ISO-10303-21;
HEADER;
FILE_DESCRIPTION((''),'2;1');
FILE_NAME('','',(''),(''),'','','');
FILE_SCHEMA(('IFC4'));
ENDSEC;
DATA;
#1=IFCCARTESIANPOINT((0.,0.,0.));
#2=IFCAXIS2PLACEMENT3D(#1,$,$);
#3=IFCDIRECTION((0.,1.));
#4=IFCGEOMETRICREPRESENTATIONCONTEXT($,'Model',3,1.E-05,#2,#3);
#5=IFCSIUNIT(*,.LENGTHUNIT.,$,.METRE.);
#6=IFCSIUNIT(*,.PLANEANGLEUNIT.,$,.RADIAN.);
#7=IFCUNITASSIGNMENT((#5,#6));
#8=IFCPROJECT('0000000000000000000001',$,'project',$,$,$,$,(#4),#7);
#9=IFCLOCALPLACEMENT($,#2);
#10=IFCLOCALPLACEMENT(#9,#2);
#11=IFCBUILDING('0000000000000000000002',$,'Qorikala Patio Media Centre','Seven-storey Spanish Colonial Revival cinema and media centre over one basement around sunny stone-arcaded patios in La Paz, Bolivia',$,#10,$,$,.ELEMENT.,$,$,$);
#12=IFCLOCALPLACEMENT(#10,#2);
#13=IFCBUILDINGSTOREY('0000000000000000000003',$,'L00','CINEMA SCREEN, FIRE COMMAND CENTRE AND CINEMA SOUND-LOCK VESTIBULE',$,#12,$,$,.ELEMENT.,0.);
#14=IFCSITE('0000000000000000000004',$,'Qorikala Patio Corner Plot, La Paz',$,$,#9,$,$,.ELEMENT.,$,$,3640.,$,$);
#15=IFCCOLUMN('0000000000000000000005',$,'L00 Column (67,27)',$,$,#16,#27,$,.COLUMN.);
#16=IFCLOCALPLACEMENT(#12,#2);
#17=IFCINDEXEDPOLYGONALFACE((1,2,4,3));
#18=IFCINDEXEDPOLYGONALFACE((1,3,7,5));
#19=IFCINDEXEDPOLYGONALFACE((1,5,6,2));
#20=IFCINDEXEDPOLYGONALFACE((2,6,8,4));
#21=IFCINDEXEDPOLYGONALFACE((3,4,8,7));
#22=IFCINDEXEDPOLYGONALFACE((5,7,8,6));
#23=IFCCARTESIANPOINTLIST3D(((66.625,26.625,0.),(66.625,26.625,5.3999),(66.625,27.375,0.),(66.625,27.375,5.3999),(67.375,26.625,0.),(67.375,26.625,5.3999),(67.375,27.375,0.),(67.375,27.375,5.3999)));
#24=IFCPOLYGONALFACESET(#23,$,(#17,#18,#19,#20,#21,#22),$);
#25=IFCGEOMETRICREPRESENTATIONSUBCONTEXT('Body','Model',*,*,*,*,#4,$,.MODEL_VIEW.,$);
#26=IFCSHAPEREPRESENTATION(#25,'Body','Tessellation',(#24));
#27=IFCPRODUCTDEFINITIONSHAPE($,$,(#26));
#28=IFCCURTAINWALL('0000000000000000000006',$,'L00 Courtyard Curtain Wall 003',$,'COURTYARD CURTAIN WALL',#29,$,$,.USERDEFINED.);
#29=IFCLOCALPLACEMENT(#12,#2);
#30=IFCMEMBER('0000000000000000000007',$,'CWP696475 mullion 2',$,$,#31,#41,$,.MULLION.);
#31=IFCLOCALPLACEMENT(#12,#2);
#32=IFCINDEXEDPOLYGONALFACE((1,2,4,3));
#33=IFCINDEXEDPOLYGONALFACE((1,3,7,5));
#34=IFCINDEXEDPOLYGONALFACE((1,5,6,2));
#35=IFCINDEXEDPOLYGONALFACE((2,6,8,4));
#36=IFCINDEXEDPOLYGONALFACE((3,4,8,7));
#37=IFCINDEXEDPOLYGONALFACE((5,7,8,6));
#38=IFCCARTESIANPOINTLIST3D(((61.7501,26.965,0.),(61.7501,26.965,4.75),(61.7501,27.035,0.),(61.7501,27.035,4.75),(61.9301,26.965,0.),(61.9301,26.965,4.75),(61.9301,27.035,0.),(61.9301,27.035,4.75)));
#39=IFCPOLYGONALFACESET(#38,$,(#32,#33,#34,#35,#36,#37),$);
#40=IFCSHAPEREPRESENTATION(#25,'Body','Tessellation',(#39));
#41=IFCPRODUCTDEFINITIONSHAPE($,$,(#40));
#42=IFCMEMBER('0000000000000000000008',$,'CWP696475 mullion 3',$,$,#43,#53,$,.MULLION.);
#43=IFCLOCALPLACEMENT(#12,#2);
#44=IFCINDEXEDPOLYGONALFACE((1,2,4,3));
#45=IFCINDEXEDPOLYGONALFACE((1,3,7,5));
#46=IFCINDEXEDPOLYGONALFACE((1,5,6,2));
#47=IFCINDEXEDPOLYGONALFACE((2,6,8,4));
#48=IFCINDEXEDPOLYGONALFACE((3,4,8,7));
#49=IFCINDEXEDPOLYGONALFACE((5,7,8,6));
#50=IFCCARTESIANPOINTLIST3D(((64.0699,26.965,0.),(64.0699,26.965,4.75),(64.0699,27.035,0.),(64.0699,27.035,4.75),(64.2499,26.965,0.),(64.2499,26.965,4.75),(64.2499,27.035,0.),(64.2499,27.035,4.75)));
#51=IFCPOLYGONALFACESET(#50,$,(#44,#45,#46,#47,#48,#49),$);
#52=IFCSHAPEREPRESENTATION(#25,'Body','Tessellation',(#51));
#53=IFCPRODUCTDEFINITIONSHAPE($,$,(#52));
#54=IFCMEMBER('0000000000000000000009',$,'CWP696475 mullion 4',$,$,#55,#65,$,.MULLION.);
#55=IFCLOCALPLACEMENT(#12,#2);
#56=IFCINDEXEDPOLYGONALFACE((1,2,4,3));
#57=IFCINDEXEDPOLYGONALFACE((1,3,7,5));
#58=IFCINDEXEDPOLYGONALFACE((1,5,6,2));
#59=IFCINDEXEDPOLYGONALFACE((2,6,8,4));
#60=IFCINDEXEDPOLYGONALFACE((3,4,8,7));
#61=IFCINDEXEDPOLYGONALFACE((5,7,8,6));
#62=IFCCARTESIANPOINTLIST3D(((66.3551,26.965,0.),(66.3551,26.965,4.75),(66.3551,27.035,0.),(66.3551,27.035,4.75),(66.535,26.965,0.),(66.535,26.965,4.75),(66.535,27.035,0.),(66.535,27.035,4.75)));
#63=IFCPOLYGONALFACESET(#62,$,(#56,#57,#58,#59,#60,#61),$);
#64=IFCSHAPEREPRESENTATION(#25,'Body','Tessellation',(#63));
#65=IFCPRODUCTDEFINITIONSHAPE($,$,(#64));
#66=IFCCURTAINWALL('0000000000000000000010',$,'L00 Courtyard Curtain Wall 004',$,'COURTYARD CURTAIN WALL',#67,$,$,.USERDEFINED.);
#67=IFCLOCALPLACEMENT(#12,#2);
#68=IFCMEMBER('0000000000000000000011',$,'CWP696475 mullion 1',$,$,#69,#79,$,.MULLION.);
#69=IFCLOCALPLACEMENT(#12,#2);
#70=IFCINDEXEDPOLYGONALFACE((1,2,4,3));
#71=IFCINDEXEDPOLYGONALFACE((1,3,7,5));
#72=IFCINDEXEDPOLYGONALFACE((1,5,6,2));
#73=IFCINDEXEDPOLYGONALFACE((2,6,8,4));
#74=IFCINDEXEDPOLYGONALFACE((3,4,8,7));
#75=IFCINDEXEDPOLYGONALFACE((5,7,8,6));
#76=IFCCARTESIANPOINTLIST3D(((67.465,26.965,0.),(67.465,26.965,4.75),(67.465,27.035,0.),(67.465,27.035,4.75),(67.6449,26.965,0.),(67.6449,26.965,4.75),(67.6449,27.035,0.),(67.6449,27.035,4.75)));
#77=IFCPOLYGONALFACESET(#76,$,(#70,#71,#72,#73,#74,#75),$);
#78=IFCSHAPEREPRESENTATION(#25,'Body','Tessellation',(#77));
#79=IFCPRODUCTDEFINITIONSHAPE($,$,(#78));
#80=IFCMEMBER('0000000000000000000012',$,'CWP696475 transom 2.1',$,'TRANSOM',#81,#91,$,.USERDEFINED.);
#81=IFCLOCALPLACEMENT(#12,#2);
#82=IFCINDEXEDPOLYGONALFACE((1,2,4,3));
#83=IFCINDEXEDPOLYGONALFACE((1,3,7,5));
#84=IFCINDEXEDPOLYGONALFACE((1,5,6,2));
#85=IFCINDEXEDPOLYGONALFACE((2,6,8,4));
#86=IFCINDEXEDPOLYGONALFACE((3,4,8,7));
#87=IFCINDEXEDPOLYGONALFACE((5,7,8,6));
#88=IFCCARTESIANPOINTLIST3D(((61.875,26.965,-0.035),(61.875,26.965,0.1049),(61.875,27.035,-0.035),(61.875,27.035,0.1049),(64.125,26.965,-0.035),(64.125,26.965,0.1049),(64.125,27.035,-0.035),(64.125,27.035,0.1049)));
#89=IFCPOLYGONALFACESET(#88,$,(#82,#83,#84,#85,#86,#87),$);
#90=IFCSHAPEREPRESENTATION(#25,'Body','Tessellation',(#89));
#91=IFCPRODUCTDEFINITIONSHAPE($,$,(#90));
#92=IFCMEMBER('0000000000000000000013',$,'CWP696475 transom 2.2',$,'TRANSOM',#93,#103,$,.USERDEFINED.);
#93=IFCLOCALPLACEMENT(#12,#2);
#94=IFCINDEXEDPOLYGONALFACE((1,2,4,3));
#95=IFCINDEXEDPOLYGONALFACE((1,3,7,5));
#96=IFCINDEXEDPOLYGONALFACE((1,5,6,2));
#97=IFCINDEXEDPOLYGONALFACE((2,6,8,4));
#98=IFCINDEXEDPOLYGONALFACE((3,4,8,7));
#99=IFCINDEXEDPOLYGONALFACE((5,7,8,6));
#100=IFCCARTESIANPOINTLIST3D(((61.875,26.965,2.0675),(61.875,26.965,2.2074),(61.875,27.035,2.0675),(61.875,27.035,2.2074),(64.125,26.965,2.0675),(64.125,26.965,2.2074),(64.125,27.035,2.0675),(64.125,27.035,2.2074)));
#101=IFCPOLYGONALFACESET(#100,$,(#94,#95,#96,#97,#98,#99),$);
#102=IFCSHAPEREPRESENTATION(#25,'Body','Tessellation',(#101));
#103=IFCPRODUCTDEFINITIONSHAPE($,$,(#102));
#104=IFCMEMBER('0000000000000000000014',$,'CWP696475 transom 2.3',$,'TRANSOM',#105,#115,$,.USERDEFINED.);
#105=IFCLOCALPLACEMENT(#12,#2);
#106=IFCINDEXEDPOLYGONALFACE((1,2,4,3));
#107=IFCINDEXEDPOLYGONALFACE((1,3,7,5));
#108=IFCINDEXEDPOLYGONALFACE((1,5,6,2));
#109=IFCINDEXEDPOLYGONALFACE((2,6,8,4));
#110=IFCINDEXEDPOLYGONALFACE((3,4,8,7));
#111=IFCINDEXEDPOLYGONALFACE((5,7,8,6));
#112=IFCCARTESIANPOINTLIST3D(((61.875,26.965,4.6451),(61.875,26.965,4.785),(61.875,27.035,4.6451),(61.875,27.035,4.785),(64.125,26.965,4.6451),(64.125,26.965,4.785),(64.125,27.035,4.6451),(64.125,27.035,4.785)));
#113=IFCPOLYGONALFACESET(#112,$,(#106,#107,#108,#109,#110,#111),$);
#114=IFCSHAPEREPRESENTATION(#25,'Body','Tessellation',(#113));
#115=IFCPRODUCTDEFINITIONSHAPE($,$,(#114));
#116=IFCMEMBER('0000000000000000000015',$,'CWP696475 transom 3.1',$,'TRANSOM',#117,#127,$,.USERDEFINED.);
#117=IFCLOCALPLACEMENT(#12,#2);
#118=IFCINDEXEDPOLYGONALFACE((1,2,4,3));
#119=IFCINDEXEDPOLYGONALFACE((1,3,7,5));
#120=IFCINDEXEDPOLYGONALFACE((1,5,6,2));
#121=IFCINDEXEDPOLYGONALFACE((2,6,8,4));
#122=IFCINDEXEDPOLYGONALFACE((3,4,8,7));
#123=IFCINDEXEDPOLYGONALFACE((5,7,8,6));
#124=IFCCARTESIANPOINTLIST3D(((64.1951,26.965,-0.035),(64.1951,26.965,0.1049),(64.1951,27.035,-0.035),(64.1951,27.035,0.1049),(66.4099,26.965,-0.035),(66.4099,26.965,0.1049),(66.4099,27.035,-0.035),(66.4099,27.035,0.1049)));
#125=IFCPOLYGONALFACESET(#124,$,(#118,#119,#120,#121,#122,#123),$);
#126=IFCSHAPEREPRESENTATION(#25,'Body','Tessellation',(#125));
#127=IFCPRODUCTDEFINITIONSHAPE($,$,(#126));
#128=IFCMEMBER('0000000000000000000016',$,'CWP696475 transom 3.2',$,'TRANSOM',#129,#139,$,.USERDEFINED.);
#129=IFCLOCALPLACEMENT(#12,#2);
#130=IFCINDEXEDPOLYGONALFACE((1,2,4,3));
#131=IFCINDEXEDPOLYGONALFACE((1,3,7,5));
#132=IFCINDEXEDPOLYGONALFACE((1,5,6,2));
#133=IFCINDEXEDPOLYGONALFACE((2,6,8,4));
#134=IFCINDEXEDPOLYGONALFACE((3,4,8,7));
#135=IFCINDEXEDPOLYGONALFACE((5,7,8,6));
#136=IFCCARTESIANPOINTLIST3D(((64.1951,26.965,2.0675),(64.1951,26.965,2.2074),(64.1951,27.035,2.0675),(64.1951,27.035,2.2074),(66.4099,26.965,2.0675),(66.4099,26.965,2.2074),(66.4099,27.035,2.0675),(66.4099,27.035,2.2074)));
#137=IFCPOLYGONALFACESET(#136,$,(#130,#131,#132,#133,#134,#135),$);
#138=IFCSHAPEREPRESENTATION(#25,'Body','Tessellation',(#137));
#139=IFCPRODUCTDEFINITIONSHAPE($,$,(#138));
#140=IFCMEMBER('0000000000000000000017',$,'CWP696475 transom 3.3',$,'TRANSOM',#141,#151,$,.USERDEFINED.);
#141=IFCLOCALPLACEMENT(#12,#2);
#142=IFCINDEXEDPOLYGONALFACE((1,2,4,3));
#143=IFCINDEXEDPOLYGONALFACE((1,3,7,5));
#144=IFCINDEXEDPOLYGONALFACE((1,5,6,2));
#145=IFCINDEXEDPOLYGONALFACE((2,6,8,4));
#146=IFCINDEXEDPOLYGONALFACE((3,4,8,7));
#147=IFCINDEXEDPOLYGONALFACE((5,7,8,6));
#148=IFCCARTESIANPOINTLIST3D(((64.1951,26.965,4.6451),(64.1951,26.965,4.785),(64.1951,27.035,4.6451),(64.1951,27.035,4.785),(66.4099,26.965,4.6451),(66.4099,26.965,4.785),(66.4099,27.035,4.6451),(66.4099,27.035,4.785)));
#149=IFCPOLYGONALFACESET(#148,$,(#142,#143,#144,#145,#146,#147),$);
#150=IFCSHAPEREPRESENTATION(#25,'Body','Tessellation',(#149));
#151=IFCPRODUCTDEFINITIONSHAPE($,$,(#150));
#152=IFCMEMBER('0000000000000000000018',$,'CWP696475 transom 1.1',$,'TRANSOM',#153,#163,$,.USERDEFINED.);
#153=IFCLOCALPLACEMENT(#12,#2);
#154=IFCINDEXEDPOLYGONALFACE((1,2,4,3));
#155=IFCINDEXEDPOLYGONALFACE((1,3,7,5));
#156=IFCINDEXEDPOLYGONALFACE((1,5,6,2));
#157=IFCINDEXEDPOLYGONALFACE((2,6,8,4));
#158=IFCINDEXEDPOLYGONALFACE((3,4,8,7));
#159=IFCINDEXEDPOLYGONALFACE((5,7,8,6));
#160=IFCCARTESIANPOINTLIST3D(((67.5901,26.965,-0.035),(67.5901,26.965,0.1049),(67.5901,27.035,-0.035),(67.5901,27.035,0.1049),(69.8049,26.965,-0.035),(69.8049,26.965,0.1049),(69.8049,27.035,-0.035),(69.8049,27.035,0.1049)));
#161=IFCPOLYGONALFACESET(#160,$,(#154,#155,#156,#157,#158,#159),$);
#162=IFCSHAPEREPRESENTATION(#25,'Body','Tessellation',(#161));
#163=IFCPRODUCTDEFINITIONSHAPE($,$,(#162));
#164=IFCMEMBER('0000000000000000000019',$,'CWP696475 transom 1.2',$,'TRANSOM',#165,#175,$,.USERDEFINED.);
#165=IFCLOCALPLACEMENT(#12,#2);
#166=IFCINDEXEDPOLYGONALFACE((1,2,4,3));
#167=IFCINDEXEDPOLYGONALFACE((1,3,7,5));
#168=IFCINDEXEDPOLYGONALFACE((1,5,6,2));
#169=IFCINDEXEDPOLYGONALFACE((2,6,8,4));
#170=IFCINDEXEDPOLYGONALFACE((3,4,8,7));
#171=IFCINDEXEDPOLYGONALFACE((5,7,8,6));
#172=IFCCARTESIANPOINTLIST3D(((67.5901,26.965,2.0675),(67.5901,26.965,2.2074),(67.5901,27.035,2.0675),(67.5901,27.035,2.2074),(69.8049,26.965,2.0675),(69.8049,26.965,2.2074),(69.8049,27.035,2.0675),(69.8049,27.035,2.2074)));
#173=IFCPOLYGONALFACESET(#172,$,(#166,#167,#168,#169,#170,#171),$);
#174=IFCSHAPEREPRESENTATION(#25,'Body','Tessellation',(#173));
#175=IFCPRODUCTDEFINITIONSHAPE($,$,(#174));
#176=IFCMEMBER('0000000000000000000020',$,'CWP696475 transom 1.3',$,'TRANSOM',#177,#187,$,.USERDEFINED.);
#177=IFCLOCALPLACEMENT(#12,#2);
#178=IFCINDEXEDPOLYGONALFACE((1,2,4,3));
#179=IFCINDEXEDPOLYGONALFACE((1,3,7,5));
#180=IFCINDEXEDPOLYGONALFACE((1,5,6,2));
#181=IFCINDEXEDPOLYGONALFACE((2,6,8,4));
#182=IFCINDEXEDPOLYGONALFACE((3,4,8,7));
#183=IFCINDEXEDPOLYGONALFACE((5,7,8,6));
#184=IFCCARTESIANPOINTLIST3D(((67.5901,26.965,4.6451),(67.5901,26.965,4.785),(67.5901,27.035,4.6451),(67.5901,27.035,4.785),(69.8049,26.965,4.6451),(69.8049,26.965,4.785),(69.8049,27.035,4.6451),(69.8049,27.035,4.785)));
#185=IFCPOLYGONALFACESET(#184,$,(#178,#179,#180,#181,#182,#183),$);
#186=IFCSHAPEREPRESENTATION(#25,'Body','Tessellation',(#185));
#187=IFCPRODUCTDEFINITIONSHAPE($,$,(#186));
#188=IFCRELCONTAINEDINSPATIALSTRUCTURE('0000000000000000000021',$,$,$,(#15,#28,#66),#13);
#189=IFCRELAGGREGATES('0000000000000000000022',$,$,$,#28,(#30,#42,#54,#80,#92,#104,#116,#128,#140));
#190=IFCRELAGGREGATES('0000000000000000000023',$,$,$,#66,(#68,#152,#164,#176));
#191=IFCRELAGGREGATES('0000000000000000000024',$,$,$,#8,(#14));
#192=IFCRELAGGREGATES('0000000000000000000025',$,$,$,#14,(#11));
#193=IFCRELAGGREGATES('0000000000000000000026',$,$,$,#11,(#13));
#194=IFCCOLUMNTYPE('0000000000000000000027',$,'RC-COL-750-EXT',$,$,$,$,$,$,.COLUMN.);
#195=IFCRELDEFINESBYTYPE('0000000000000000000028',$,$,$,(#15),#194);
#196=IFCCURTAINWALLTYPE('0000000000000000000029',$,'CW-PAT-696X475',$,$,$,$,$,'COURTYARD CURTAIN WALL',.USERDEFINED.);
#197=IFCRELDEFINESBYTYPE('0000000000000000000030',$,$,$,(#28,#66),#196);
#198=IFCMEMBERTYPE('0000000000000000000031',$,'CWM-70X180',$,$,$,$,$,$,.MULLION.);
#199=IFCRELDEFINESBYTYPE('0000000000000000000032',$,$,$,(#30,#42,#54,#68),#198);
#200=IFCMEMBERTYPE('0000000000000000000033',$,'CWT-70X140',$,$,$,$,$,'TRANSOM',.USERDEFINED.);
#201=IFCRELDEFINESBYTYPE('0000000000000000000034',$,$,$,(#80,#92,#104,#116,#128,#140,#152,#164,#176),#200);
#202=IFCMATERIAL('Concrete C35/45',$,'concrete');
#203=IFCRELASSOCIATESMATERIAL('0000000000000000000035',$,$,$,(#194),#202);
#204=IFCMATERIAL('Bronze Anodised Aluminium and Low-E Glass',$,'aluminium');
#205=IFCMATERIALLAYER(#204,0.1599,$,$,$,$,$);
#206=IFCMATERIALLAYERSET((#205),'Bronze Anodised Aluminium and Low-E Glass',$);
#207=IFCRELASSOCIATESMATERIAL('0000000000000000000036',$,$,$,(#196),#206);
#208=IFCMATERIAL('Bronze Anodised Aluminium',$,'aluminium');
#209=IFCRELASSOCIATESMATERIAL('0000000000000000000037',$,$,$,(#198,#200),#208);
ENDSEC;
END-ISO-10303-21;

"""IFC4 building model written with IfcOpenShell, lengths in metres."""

from ifc_helpers import new_model, si_unit, direction, frame, origin, origin_2d, place, context, subcontext, project, spatial, rectangle, extrude, material, layer, layer_set, material_profile, profile_set, type_object, element, aggregate, save


model = new_model("IFC4")

# Units and contexts
model_context = context("Model", 3, precision=1e-05, world=origin(), true_north=direction((0.0, 1.0)))
body_context = subcontext(model_context, "Body", "Model", "MODEL_VIEW")
ifc_project = project(units=[si_unit("LENGTHUNIT", "METRE"), si_unit("PLANEANGLEUNIT", "RADIAN")], contexts=[model_context])

# Site, building, storey
site_placement = place(None, origin())
site = spatial("IfcSite", under=ifc_project, at=site_placement, Name="Qorikala Patio Corner Plot, La Paz", CompositionType="ELEMENT", RefElevation=3640.0)
building_placement = place(site_placement, origin())
building = spatial("IfcBuilding", under=site, at=building_placement, Name="Qorikala Patio Media Centre", Description="Seven-storey Spanish Colonial Revival cinema and media centre over one basement around sunny stone-arcaded patios in La Paz, Bolivia", CompositionType="ELEMENT")
storey_placement = place(building_placement, origin())
storey = spatial("IfcBuildingStorey", under=building, at=storey_placement, Name="L00", Description="CINEMA SCREEN, FIRE COMMAND CENTRE AND CINEMA SOUND-LOCK VESTIBULE", CompositionType="ELEMENT", Elevation=0.0)

# Column
ifc_material_1 = material(Name="Concrete C35/45", Category="concrete")
ifc_material_profile_1 = material_profile(ifc_material_1, rectangle(XDim=0.75, YDim=0.75, at=origin_2d()), Name="RC 750x750")
ifc_profile_set_1 = profile_set([ifc_material_profile_1], Name="Concrete C35/45")
column_type = type_object("IfcColumnType", Name="RC-COL-750-EXT", PredefinedType="COLUMN", material=ifc_profile_set_1)
column_placement = place(storey_placement, frame((67.0, 27.0, 0.0), z_axis=(0.0, 0.0, 1.0), x_axis=(1.0, 0.0, 0.0)))
element("IfcColumn", 1, at=column_placement, inside=storey, type_object=column_type, Name="L00 Column (67,27)", PredefinedType="COLUMN", context=body_context, shape_type="SweptSolid", body=[
    extrude(rectangle(XDim=0.75, YDim=0.75, at=origin_2d()), origin(), (0.0, 0.0, 1.0), 5.3999),
])

# Curtain wall, members
ifc_material_2 = material(Name="Bronze Anodised Aluminium and Low-E Glass", Category="aluminium")
ifc_layer_1 = layer(ifc_material_2, 0.1599)
ifc_layer_set_1 = layer_set([ifc_layer_1], Name="Bronze Anodised Aluminium and Low-E Glass")
curtain_wall_type = type_object("IfcCurtainWallType", Name="CW-PAT-696X475", ElementType="COURTYARD CURTAIN WALL", PredefinedType="USERDEFINED", material=ifc_layer_set_1)
curtain_wall_1_placement = place(storey_placement, origin())
curtain_wall_1 = element("IfcCurtainWall", 2, at=curtain_wall_1_placement, inside=storey, type_object=curtain_wall_type, Name="L00 Courtyard Curtain Wall 003", ObjectType="COURTYARD CURTAIN WALL", PredefinedType="USERDEFINED")
ifc_material_3 = material(Name="Bronze Anodised Aluminium", Category="aluminium")
ifc_material_profile_2 = material_profile(ifc_material_3, rectangle(XDim=0.0701, YDim=0.1799, at=origin_2d()), Name="ALU MULLION 70x180")
ifc_profile_set_2 = profile_set([ifc_material_profile_2], Name="Bronze Anodised Aluminium")
member_type_1 = type_object("IfcMemberType", Name="CWM-70X180", PredefinedType="MULLION", material=ifc_profile_set_2)
member_1_placement = place(storey_placement, frame((61.8401, 27.0, 0.0), z_axis=(0.0, 0.0, 1.0), x_axis=(0.0, 1.0, 0.0)))
member_1 = element("IfcMember", 3, at=member_1_placement, type_object=member_type_1, Name="CWP696475 mullion 2", PredefinedType="MULLION", context=body_context, shape_type="SweptSolid", body=[
    extrude(rectangle(XDim=0.0701, YDim=0.1799, at=origin_2d()), origin(), (0.0, 0.0, 1.0), 4.75),
])
member_2_placement = place(storey_placement, frame((64.1599, 27.0, 0.0), z_axis=(0.0, 0.0, 1.0), x_axis=(0.0, 1.0, 0.0)))
member_2 = element("IfcMember", 4, at=member_2_placement, type_object=member_type_1, Name="CWP696475 mullion 3", PredefinedType="MULLION", context=body_context, shape_type="SweptSolid", body=[
    extrude(rectangle(XDim=0.0701, YDim=0.1799, at=origin_2d()), origin(), (0.0, 0.0, 1.0), 4.75),
])
member_3_placement = place(storey_placement, frame((66.4451, 27.0, 0.0), z_axis=(0.0, 0.0, 1.0), x_axis=(0.0, 1.0, 0.0)))
member_3 = element("IfcMember", 5, at=member_3_placement, type_object=member_type_1, Name="CWP696475 mullion 4", PredefinedType="MULLION", context=body_context, shape_type="SweptSolid", body=[
    extrude(rectangle(XDim=0.0701, YDim=0.1799, at=origin_2d()), origin(), (0.0, 0.0, 1.0), 4.75),
])

# Curtain wall, member
curtain_wall_2_placement = place(storey_placement, origin())
curtain_wall_2 = element("IfcCurtainWall", 6, at=curtain_wall_2_placement, inside=storey, type_object=curtain_wall_type, Name="L00 Courtyard Curtain Wall 004", ObjectType="COURTYARD CURTAIN WALL", PredefinedType="USERDEFINED")
member_4_placement = place(storey_placement, frame((67.5549, 27.0, 0.0), z_axis=(0.0, 0.0, 1.0), x_axis=(0.0, 1.0, 0.0)))
member_4 = element("IfcMember", 7, at=member_4_placement, type_object=member_type_1, Name="CWP696475 mullion 1", PredefinedType="MULLION", context=body_context, shape_type="SweptSolid", body=[
    extrude(rectangle(XDim=0.0701, YDim=0.1799, at=origin_2d()), origin(), (0.0, 0.0, 1.0), 4.75),
])

# Members
ifc_material_profile_3 = material_profile(ifc_material_3, rectangle(XDim=0.0701, YDim=0.1399, at=origin_2d()), Name="ALU TRANSOM 70x140")
ifc_profile_set_3 = profile_set([ifc_material_profile_3], Name="Bronze Anodised Aluminium")
member_type_2 = type_object("IfcMemberType", Name="CWT-70X140", ElementType="TRANSOM", PredefinedType="USERDEFINED", material=ifc_profile_set_3)
member_5_placement = place(storey_placement, frame((61.875, 27.0, 0.0349), z_axis=(1.0, 0.0, 0.0), x_axis=(0.0, 1.0, 0.0)))
member_5 = element("IfcMember", 8, at=member_5_placement, type_object=member_type_2, Name="CWP696475 transom 2.1", ObjectType="TRANSOM", PredefinedType="USERDEFINED", context=body_context, shape_type="SweptSolid", body=[
    extrude(rectangle(XDim=0.0701, YDim=0.1399, at=origin_2d()), origin(), (0.0, 0.0, 1.0), 2.25),
])
member_6_placement = place(storey_placement, frame((61.875, 27.0, 2.1375), z_axis=(1.0, 0.0, 0.0), x_axis=(0.0, 1.0, 0.0)))
member_6 = element("IfcMember", 9, at=member_6_placement, type_object=member_type_2, Name="CWP696475 transom 2.2", ObjectType="TRANSOM", PredefinedType="USERDEFINED", context=body_context, shape_type="SweptSolid", body=[
    extrude(rectangle(XDim=0.0701, YDim=0.1399, at=origin_2d()), origin(), (0.0, 0.0, 1.0), 2.25),
])
member_7_placement = place(storey_placement, frame((61.875, 27.0, 4.7151), z_axis=(1.0, 0.0, 0.0), x_axis=(0.0, 1.0, 0.0)))
member_7 = element("IfcMember", 10, at=member_7_placement, type_object=member_type_2, Name="CWP696475 transom 2.3", ObjectType="TRANSOM", PredefinedType="USERDEFINED", context=body_context, shape_type="SweptSolid", body=[
    extrude(rectangle(XDim=0.0701, YDim=0.1399, at=origin_2d()), origin(), (0.0, 0.0, 1.0), 2.25),
])
member_8_placement = place(storey_placement, frame((64.1951, 27.0, 0.0349), z_axis=(1.0, 0.0, 0.0), x_axis=(0.0, 1.0, 0.0)))
member_8 = element("IfcMember", 11, at=member_8_placement, type_object=member_type_2, Name="CWP696475 transom 3.1", ObjectType="TRANSOM", PredefinedType="USERDEFINED", context=body_context, shape_type="SweptSolid", body=[
    extrude(rectangle(XDim=0.0701, YDim=0.1399, at=origin_2d()), origin(), (0.0, 0.0, 1.0), 2.2148),
])
member_9_placement = place(storey_placement, frame((64.1951, 27.0, 2.1375), z_axis=(1.0, 0.0, 0.0), x_axis=(0.0, 1.0, 0.0)))
member_9 = element("IfcMember", 12, at=member_9_placement, type_object=member_type_2, Name="CWP696475 transom 3.2", ObjectType="TRANSOM", PredefinedType="USERDEFINED", context=body_context, shape_type="SweptSolid", body=[
    extrude(rectangle(XDim=0.0701, YDim=0.1399, at=origin_2d()), origin(), (0.0, 0.0, 1.0), 2.2148),
])
member_10_placement = place(storey_placement, frame((64.1951, 27.0, 4.7151), z_axis=(1.0, 0.0, 0.0), x_axis=(0.0, 1.0, 0.0)))
member_10 = element("IfcMember", 13, at=member_10_placement, type_object=member_type_2, Name="CWP696475 transom 3.3", ObjectType="TRANSOM", PredefinedType="USERDEFINED", context=body_context, shape_type="SweptSolid", body=[
    extrude(rectangle(XDim=0.0701, YDim=0.1399, at=origin_2d()), origin(), (0.0, 0.0, 1.0), 2.2148),
])
member_11_placement = place(storey_placement, frame((67.5901, 27.0, 0.0349), z_axis=(1.0, 0.0, 0.0), x_axis=(0.0, 1.0, 0.0)))
member_11 = element("IfcMember", 14, at=member_11_placement, type_object=member_type_2, Name="CWP696475 transom 1.1", ObjectType="TRANSOM", PredefinedType="USERDEFINED", context=body_context, shape_type="SweptSolid", body=[
    extrude(rectangle(XDim=0.0701, YDim=0.1399, at=origin_2d()), origin(), (0.0, 0.0, 1.0), 2.2148),
])
member_12_placement = place(storey_placement, frame((67.5901, 27.0, 2.1375), z_axis=(1.0, 0.0, 0.0), x_axis=(0.0, 1.0, 0.0)))
member_12 = element("IfcMember", 15, at=member_12_placement, type_object=member_type_2, Name="CWP696475 transom 1.2", ObjectType="TRANSOM", PredefinedType="USERDEFINED", context=body_context, shape_type="SweptSolid", body=[
    extrude(rectangle(XDim=0.0701, YDim=0.1399, at=origin_2d()), origin(), (0.0, 0.0, 1.0), 2.2148),
])
member_13_placement = place(storey_placement, frame((67.5901, 27.0, 4.7151), z_axis=(1.0, 0.0, 0.0), x_axis=(0.0, 1.0, 0.0)))
member_13 = element("IfcMember", 16, at=member_13_placement, type_object=member_type_2, Name="CWP696475 transom 1.3", ObjectType="TRANSOM", PredefinedType="USERDEFINED", context=body_context, shape_type="SweptSolid", body=[
    extrude(rectangle(XDim=0.0701, YDim=0.1399, at=origin_2d()), origin(), (0.0, 0.0, 1.0), 2.2148),
])

aggregate(curtain_wall_1, [member_1, member_2, member_3, member_5, member_6, member_7, member_8, member_9, member_10])
aggregate(curtain_wall_2, [member_4, member_11, member_12, member_13])

save(model, "model.ifc")
